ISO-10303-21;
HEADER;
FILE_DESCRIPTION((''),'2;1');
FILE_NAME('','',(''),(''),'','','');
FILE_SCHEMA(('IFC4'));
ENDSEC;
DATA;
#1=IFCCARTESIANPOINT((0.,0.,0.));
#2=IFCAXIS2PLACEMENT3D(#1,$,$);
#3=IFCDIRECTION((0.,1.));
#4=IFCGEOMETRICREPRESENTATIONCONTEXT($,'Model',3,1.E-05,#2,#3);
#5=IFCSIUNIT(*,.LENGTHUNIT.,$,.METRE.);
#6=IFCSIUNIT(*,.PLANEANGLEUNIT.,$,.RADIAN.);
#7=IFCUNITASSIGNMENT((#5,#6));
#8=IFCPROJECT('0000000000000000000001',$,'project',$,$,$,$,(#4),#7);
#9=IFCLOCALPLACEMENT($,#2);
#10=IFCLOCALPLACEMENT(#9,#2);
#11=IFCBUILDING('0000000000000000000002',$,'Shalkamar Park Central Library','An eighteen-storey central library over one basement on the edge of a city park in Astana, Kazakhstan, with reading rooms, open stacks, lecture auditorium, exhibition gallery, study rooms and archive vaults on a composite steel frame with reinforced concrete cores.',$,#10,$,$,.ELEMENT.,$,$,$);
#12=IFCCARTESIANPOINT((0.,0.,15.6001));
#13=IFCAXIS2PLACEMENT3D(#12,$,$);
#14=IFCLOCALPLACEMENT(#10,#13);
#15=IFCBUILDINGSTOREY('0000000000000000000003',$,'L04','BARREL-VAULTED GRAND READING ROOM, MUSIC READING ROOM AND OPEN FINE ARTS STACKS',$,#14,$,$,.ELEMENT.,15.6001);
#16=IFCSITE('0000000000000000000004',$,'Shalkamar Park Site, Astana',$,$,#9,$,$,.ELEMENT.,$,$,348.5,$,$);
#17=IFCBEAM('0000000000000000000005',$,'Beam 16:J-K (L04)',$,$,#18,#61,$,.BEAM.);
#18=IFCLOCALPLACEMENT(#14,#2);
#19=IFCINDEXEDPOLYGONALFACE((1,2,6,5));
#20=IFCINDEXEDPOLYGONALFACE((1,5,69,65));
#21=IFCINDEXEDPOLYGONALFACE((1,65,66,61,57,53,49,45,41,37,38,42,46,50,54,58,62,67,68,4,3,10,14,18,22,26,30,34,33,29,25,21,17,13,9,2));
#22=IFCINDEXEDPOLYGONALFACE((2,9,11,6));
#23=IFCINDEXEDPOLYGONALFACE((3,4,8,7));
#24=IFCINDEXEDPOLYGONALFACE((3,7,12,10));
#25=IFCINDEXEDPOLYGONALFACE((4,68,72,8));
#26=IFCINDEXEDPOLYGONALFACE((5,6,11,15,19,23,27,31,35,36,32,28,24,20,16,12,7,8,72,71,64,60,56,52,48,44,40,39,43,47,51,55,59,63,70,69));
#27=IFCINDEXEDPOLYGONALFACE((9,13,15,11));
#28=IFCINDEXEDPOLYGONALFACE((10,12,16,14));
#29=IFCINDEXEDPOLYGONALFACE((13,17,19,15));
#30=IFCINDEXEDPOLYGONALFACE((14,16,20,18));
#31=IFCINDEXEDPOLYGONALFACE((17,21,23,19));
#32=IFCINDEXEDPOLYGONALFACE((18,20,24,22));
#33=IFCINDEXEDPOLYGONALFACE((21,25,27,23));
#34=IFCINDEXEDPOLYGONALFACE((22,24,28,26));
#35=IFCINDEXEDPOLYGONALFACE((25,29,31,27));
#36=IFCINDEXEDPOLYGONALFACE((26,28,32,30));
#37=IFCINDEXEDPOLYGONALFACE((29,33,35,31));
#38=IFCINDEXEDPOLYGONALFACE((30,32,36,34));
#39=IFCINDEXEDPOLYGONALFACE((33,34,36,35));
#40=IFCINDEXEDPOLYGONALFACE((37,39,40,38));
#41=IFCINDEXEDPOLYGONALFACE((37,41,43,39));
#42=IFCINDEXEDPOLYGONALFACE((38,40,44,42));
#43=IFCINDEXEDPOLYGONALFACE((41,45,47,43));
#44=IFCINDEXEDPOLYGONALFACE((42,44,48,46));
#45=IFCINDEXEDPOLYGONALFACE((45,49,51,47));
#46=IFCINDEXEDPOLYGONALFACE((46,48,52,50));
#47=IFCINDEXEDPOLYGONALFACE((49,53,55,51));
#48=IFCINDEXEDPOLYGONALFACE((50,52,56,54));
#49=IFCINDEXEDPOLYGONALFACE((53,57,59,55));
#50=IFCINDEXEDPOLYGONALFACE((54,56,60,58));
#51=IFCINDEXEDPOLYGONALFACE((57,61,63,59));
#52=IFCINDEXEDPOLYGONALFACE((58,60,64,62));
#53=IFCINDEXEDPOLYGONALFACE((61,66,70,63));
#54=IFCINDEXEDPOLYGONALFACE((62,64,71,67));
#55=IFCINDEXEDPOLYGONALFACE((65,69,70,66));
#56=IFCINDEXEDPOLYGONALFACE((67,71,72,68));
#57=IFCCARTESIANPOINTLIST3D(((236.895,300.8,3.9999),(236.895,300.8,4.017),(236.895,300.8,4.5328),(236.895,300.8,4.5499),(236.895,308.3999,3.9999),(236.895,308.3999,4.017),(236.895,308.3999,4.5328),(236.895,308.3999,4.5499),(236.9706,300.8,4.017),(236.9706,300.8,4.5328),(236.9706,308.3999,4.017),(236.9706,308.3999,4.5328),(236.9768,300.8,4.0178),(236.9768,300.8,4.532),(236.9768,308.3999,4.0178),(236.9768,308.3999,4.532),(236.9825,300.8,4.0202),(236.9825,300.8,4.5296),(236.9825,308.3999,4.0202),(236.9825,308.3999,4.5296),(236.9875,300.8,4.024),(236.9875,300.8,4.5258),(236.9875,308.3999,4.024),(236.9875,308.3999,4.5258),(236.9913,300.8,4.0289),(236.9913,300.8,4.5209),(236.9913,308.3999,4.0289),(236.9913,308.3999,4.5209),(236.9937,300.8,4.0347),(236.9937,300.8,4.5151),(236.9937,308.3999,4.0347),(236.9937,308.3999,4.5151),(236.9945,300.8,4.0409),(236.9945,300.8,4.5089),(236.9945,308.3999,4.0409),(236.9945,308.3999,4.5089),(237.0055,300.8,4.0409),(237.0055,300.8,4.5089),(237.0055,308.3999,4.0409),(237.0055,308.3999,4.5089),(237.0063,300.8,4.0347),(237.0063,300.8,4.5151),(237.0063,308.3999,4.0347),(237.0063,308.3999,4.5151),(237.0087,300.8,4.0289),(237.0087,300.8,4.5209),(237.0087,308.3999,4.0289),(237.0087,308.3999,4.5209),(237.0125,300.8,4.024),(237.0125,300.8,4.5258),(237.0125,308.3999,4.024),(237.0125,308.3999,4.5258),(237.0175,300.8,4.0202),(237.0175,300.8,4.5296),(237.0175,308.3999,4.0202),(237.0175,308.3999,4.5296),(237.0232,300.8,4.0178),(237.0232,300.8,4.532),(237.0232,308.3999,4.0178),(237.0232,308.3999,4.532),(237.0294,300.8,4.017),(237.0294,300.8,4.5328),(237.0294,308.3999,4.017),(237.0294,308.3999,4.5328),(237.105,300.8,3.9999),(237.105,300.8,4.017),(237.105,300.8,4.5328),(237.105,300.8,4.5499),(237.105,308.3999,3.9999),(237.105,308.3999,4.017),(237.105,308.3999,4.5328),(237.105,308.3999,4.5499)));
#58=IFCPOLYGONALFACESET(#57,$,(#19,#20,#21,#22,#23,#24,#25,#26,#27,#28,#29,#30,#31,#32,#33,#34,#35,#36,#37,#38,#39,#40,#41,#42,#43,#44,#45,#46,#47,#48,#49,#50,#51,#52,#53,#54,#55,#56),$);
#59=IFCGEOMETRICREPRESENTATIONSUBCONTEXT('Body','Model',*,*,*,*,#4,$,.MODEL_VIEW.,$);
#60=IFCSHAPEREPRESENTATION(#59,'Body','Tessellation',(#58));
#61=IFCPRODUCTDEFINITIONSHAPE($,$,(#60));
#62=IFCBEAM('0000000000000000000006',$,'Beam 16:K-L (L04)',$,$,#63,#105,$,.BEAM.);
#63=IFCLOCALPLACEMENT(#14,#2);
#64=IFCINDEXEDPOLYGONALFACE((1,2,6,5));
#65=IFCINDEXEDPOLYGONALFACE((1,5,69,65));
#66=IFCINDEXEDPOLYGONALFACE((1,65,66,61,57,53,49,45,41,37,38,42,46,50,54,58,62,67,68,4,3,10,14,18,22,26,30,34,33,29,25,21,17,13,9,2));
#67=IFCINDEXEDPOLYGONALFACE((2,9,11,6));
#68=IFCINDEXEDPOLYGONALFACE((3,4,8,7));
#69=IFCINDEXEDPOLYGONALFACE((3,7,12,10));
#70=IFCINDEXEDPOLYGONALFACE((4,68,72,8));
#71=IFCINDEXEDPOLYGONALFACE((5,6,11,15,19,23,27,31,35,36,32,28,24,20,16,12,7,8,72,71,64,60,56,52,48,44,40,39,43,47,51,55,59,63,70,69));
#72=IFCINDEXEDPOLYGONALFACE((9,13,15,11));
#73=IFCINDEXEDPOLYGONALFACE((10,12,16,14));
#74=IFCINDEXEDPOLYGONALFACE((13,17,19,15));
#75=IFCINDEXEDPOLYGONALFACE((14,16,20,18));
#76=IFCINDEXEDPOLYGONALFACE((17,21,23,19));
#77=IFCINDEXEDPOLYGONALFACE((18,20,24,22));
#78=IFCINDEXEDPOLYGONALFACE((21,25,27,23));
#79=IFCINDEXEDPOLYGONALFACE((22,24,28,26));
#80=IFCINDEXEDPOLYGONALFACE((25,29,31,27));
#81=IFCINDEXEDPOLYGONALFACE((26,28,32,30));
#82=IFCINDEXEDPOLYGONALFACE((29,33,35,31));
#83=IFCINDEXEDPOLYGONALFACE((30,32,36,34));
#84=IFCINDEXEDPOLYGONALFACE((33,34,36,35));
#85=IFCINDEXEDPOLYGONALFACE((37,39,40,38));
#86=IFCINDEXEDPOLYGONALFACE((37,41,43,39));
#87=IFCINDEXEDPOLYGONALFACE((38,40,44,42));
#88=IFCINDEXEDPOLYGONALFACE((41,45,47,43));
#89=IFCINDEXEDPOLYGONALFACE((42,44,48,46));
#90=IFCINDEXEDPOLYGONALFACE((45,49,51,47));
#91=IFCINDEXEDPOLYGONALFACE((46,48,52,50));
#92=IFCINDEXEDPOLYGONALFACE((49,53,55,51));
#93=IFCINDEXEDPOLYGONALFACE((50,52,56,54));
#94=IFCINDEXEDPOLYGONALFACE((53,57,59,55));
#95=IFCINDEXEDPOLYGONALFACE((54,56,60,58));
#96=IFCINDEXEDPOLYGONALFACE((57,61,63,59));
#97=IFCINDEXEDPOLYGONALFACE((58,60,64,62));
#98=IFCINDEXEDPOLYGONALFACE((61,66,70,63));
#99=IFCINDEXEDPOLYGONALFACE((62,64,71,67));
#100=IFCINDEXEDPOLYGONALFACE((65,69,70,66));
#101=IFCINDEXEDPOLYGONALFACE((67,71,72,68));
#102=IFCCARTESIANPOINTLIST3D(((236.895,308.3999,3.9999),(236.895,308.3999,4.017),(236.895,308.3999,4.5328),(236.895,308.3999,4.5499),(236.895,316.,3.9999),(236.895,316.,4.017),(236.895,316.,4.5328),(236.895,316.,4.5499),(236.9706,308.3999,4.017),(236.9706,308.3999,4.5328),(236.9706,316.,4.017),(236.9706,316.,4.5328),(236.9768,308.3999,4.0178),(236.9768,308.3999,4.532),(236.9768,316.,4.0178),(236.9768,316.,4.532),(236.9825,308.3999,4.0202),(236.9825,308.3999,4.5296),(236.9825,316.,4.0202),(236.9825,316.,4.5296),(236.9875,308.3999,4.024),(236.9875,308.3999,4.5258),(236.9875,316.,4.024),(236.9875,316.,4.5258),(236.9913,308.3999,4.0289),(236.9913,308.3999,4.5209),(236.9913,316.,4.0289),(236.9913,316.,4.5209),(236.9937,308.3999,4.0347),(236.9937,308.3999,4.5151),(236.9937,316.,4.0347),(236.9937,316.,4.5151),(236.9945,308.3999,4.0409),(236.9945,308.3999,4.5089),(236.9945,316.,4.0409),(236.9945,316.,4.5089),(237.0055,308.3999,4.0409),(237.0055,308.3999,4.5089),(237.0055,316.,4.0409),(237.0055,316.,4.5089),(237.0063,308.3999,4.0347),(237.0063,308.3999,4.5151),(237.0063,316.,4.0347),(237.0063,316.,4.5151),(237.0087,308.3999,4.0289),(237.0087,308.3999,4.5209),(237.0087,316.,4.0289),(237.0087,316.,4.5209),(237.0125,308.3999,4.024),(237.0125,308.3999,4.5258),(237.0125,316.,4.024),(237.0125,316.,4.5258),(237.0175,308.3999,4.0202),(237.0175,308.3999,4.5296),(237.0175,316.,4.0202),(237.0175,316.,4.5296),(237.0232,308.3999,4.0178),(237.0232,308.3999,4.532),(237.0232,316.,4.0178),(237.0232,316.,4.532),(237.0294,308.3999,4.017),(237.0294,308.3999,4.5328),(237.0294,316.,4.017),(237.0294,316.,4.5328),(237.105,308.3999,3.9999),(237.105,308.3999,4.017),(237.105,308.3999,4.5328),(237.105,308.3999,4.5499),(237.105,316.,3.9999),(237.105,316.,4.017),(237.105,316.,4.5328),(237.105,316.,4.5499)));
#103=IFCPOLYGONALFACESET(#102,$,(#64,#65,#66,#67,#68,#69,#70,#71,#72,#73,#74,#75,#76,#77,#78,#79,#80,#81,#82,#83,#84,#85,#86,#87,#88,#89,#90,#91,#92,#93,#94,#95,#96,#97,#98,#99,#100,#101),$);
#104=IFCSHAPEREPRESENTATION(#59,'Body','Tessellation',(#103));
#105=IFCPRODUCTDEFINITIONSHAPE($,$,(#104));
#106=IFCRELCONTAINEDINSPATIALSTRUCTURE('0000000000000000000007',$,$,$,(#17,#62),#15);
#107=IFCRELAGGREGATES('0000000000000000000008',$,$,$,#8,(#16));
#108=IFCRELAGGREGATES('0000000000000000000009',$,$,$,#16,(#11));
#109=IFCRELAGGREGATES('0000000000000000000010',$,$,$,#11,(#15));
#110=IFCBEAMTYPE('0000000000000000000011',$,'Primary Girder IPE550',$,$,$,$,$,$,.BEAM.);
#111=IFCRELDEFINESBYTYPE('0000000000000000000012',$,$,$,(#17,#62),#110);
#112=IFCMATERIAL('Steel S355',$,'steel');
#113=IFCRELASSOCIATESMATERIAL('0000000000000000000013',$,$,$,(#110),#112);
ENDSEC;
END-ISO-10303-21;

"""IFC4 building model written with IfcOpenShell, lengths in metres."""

from ifc_helpers import new_model, si_unit, direction, frame, origin, origin_2d, place, context, subcontext, project, spatial, i_section, extrude, material, material_profile, profile_set, type_object, element, save


model = new_model("IFC4")

# Units and contexts
model_context = context("Model", 3, precision=1e-05, world=origin(), true_north=direction((0.0, 1.0)))
body_context = subcontext(model_context, "Body", "Model", "MODEL_VIEW")
ifc_project = project(units=[si_unit("LENGTHUNIT", "METRE"), si_unit("PLANEANGLEUNIT", "RADIAN")], contexts=[model_context])

# Site, building, storey
site_placement = place(None, origin())
site = spatial("IfcSite", under=ifc_project, at=site_placement, Name="Shalkamar Park Site, Astana", CompositionType="ELEMENT", RefElevation=348.5)
building_placement = place(site_placement, origin())
building = spatial("IfcBuilding", under=site, at=building_placement, Name="Shalkamar Park Central Library", Description="An eighteen-storey central library over one basement on the edge of a city park in Astana, Kazakhstan, with reading rooms, open stacks, lecture auditorium, exhibition gallery, study rooms and archive vaults on a composite steel frame with reinforced concrete cores.", CompositionType="ELEMENT")
storey_placement = place(building_placement, frame((0.0, 0.0, 15.6001)))
storey = spatial("IfcBuildingStorey", under=building, at=storey_placement, Name="L04", Description="BARREL-VAULTED GRAND READING ROOM, MUSIC READING ROOM AND OPEN FINE ARTS STACKS", CompositionType="ELEMENT", Elevation=15.6001)

# Shared definitions
ifc_material = material(Name="Steel S355", Category="steel")

# Beams
ifc_material_profile_1 = material_profile(ifc_material, i_section(OverallWidth=0.21, OverallDepth=0.55, WebThickness=0.011, FlangeThickness=0.0171, FilletRadius=0.0239, at=origin_2d()), Name="IPE 550")
ifc_profile_set_1 = profile_set([ifc_material_profile_1], Name="Steel S355")
beam_type_1 = type_object("IfcBeamType", Name="Primary Girder IPE550", PredefinedType="BEAM", material=ifc_profile_set_1)
beam_1_placement = place(storey_placement, frame((237.0, 300.8, 4.2749), z_axis=(0.0, 1.0, 0.0), x_axis=(-1.0, 0.0, 0.0)))
element("IfcBeam", 1, at=beam_1_placement, inside=storey, type_object=beam_type_1, Name="Beam 16:J-K (L04)", PredefinedType="BEAM", context=body_context, shape_type="SweptSolid", body=[
    extrude(i_section(OverallWidth=0.21, OverallDepth=0.55, WebThickness=0.011, FlangeThickness=0.0171, FilletRadius=0.0239, at=origin_2d()), origin(), (0.0, 0.0, 1.0), 7.5999),
])
beam_2_placement = place(storey_placement, frame((237.0, 308.3999, 4.2749), z_axis=(0.0, 1.0, 0.0), x_axis=(-1.0, 0.0, 0.0)))
element("IfcBeam", 2, at=beam_2_placement, inside=storey, type_object=beam_type_1, Name="Beam 16:K-L (L04)", PredefinedType="BEAM", context=body_context, shape_type="SweptSolid", body=[
    extrude(i_section(OverallWidth=0.21, OverallDepth=0.55, WebThickness=0.011, FlangeThickness=0.0171, FilletRadius=0.0239, at=origin_2d()), origin(), (0.0, 0.0, 1.0), 7.6001),
])

save(model, "model.ifc")
